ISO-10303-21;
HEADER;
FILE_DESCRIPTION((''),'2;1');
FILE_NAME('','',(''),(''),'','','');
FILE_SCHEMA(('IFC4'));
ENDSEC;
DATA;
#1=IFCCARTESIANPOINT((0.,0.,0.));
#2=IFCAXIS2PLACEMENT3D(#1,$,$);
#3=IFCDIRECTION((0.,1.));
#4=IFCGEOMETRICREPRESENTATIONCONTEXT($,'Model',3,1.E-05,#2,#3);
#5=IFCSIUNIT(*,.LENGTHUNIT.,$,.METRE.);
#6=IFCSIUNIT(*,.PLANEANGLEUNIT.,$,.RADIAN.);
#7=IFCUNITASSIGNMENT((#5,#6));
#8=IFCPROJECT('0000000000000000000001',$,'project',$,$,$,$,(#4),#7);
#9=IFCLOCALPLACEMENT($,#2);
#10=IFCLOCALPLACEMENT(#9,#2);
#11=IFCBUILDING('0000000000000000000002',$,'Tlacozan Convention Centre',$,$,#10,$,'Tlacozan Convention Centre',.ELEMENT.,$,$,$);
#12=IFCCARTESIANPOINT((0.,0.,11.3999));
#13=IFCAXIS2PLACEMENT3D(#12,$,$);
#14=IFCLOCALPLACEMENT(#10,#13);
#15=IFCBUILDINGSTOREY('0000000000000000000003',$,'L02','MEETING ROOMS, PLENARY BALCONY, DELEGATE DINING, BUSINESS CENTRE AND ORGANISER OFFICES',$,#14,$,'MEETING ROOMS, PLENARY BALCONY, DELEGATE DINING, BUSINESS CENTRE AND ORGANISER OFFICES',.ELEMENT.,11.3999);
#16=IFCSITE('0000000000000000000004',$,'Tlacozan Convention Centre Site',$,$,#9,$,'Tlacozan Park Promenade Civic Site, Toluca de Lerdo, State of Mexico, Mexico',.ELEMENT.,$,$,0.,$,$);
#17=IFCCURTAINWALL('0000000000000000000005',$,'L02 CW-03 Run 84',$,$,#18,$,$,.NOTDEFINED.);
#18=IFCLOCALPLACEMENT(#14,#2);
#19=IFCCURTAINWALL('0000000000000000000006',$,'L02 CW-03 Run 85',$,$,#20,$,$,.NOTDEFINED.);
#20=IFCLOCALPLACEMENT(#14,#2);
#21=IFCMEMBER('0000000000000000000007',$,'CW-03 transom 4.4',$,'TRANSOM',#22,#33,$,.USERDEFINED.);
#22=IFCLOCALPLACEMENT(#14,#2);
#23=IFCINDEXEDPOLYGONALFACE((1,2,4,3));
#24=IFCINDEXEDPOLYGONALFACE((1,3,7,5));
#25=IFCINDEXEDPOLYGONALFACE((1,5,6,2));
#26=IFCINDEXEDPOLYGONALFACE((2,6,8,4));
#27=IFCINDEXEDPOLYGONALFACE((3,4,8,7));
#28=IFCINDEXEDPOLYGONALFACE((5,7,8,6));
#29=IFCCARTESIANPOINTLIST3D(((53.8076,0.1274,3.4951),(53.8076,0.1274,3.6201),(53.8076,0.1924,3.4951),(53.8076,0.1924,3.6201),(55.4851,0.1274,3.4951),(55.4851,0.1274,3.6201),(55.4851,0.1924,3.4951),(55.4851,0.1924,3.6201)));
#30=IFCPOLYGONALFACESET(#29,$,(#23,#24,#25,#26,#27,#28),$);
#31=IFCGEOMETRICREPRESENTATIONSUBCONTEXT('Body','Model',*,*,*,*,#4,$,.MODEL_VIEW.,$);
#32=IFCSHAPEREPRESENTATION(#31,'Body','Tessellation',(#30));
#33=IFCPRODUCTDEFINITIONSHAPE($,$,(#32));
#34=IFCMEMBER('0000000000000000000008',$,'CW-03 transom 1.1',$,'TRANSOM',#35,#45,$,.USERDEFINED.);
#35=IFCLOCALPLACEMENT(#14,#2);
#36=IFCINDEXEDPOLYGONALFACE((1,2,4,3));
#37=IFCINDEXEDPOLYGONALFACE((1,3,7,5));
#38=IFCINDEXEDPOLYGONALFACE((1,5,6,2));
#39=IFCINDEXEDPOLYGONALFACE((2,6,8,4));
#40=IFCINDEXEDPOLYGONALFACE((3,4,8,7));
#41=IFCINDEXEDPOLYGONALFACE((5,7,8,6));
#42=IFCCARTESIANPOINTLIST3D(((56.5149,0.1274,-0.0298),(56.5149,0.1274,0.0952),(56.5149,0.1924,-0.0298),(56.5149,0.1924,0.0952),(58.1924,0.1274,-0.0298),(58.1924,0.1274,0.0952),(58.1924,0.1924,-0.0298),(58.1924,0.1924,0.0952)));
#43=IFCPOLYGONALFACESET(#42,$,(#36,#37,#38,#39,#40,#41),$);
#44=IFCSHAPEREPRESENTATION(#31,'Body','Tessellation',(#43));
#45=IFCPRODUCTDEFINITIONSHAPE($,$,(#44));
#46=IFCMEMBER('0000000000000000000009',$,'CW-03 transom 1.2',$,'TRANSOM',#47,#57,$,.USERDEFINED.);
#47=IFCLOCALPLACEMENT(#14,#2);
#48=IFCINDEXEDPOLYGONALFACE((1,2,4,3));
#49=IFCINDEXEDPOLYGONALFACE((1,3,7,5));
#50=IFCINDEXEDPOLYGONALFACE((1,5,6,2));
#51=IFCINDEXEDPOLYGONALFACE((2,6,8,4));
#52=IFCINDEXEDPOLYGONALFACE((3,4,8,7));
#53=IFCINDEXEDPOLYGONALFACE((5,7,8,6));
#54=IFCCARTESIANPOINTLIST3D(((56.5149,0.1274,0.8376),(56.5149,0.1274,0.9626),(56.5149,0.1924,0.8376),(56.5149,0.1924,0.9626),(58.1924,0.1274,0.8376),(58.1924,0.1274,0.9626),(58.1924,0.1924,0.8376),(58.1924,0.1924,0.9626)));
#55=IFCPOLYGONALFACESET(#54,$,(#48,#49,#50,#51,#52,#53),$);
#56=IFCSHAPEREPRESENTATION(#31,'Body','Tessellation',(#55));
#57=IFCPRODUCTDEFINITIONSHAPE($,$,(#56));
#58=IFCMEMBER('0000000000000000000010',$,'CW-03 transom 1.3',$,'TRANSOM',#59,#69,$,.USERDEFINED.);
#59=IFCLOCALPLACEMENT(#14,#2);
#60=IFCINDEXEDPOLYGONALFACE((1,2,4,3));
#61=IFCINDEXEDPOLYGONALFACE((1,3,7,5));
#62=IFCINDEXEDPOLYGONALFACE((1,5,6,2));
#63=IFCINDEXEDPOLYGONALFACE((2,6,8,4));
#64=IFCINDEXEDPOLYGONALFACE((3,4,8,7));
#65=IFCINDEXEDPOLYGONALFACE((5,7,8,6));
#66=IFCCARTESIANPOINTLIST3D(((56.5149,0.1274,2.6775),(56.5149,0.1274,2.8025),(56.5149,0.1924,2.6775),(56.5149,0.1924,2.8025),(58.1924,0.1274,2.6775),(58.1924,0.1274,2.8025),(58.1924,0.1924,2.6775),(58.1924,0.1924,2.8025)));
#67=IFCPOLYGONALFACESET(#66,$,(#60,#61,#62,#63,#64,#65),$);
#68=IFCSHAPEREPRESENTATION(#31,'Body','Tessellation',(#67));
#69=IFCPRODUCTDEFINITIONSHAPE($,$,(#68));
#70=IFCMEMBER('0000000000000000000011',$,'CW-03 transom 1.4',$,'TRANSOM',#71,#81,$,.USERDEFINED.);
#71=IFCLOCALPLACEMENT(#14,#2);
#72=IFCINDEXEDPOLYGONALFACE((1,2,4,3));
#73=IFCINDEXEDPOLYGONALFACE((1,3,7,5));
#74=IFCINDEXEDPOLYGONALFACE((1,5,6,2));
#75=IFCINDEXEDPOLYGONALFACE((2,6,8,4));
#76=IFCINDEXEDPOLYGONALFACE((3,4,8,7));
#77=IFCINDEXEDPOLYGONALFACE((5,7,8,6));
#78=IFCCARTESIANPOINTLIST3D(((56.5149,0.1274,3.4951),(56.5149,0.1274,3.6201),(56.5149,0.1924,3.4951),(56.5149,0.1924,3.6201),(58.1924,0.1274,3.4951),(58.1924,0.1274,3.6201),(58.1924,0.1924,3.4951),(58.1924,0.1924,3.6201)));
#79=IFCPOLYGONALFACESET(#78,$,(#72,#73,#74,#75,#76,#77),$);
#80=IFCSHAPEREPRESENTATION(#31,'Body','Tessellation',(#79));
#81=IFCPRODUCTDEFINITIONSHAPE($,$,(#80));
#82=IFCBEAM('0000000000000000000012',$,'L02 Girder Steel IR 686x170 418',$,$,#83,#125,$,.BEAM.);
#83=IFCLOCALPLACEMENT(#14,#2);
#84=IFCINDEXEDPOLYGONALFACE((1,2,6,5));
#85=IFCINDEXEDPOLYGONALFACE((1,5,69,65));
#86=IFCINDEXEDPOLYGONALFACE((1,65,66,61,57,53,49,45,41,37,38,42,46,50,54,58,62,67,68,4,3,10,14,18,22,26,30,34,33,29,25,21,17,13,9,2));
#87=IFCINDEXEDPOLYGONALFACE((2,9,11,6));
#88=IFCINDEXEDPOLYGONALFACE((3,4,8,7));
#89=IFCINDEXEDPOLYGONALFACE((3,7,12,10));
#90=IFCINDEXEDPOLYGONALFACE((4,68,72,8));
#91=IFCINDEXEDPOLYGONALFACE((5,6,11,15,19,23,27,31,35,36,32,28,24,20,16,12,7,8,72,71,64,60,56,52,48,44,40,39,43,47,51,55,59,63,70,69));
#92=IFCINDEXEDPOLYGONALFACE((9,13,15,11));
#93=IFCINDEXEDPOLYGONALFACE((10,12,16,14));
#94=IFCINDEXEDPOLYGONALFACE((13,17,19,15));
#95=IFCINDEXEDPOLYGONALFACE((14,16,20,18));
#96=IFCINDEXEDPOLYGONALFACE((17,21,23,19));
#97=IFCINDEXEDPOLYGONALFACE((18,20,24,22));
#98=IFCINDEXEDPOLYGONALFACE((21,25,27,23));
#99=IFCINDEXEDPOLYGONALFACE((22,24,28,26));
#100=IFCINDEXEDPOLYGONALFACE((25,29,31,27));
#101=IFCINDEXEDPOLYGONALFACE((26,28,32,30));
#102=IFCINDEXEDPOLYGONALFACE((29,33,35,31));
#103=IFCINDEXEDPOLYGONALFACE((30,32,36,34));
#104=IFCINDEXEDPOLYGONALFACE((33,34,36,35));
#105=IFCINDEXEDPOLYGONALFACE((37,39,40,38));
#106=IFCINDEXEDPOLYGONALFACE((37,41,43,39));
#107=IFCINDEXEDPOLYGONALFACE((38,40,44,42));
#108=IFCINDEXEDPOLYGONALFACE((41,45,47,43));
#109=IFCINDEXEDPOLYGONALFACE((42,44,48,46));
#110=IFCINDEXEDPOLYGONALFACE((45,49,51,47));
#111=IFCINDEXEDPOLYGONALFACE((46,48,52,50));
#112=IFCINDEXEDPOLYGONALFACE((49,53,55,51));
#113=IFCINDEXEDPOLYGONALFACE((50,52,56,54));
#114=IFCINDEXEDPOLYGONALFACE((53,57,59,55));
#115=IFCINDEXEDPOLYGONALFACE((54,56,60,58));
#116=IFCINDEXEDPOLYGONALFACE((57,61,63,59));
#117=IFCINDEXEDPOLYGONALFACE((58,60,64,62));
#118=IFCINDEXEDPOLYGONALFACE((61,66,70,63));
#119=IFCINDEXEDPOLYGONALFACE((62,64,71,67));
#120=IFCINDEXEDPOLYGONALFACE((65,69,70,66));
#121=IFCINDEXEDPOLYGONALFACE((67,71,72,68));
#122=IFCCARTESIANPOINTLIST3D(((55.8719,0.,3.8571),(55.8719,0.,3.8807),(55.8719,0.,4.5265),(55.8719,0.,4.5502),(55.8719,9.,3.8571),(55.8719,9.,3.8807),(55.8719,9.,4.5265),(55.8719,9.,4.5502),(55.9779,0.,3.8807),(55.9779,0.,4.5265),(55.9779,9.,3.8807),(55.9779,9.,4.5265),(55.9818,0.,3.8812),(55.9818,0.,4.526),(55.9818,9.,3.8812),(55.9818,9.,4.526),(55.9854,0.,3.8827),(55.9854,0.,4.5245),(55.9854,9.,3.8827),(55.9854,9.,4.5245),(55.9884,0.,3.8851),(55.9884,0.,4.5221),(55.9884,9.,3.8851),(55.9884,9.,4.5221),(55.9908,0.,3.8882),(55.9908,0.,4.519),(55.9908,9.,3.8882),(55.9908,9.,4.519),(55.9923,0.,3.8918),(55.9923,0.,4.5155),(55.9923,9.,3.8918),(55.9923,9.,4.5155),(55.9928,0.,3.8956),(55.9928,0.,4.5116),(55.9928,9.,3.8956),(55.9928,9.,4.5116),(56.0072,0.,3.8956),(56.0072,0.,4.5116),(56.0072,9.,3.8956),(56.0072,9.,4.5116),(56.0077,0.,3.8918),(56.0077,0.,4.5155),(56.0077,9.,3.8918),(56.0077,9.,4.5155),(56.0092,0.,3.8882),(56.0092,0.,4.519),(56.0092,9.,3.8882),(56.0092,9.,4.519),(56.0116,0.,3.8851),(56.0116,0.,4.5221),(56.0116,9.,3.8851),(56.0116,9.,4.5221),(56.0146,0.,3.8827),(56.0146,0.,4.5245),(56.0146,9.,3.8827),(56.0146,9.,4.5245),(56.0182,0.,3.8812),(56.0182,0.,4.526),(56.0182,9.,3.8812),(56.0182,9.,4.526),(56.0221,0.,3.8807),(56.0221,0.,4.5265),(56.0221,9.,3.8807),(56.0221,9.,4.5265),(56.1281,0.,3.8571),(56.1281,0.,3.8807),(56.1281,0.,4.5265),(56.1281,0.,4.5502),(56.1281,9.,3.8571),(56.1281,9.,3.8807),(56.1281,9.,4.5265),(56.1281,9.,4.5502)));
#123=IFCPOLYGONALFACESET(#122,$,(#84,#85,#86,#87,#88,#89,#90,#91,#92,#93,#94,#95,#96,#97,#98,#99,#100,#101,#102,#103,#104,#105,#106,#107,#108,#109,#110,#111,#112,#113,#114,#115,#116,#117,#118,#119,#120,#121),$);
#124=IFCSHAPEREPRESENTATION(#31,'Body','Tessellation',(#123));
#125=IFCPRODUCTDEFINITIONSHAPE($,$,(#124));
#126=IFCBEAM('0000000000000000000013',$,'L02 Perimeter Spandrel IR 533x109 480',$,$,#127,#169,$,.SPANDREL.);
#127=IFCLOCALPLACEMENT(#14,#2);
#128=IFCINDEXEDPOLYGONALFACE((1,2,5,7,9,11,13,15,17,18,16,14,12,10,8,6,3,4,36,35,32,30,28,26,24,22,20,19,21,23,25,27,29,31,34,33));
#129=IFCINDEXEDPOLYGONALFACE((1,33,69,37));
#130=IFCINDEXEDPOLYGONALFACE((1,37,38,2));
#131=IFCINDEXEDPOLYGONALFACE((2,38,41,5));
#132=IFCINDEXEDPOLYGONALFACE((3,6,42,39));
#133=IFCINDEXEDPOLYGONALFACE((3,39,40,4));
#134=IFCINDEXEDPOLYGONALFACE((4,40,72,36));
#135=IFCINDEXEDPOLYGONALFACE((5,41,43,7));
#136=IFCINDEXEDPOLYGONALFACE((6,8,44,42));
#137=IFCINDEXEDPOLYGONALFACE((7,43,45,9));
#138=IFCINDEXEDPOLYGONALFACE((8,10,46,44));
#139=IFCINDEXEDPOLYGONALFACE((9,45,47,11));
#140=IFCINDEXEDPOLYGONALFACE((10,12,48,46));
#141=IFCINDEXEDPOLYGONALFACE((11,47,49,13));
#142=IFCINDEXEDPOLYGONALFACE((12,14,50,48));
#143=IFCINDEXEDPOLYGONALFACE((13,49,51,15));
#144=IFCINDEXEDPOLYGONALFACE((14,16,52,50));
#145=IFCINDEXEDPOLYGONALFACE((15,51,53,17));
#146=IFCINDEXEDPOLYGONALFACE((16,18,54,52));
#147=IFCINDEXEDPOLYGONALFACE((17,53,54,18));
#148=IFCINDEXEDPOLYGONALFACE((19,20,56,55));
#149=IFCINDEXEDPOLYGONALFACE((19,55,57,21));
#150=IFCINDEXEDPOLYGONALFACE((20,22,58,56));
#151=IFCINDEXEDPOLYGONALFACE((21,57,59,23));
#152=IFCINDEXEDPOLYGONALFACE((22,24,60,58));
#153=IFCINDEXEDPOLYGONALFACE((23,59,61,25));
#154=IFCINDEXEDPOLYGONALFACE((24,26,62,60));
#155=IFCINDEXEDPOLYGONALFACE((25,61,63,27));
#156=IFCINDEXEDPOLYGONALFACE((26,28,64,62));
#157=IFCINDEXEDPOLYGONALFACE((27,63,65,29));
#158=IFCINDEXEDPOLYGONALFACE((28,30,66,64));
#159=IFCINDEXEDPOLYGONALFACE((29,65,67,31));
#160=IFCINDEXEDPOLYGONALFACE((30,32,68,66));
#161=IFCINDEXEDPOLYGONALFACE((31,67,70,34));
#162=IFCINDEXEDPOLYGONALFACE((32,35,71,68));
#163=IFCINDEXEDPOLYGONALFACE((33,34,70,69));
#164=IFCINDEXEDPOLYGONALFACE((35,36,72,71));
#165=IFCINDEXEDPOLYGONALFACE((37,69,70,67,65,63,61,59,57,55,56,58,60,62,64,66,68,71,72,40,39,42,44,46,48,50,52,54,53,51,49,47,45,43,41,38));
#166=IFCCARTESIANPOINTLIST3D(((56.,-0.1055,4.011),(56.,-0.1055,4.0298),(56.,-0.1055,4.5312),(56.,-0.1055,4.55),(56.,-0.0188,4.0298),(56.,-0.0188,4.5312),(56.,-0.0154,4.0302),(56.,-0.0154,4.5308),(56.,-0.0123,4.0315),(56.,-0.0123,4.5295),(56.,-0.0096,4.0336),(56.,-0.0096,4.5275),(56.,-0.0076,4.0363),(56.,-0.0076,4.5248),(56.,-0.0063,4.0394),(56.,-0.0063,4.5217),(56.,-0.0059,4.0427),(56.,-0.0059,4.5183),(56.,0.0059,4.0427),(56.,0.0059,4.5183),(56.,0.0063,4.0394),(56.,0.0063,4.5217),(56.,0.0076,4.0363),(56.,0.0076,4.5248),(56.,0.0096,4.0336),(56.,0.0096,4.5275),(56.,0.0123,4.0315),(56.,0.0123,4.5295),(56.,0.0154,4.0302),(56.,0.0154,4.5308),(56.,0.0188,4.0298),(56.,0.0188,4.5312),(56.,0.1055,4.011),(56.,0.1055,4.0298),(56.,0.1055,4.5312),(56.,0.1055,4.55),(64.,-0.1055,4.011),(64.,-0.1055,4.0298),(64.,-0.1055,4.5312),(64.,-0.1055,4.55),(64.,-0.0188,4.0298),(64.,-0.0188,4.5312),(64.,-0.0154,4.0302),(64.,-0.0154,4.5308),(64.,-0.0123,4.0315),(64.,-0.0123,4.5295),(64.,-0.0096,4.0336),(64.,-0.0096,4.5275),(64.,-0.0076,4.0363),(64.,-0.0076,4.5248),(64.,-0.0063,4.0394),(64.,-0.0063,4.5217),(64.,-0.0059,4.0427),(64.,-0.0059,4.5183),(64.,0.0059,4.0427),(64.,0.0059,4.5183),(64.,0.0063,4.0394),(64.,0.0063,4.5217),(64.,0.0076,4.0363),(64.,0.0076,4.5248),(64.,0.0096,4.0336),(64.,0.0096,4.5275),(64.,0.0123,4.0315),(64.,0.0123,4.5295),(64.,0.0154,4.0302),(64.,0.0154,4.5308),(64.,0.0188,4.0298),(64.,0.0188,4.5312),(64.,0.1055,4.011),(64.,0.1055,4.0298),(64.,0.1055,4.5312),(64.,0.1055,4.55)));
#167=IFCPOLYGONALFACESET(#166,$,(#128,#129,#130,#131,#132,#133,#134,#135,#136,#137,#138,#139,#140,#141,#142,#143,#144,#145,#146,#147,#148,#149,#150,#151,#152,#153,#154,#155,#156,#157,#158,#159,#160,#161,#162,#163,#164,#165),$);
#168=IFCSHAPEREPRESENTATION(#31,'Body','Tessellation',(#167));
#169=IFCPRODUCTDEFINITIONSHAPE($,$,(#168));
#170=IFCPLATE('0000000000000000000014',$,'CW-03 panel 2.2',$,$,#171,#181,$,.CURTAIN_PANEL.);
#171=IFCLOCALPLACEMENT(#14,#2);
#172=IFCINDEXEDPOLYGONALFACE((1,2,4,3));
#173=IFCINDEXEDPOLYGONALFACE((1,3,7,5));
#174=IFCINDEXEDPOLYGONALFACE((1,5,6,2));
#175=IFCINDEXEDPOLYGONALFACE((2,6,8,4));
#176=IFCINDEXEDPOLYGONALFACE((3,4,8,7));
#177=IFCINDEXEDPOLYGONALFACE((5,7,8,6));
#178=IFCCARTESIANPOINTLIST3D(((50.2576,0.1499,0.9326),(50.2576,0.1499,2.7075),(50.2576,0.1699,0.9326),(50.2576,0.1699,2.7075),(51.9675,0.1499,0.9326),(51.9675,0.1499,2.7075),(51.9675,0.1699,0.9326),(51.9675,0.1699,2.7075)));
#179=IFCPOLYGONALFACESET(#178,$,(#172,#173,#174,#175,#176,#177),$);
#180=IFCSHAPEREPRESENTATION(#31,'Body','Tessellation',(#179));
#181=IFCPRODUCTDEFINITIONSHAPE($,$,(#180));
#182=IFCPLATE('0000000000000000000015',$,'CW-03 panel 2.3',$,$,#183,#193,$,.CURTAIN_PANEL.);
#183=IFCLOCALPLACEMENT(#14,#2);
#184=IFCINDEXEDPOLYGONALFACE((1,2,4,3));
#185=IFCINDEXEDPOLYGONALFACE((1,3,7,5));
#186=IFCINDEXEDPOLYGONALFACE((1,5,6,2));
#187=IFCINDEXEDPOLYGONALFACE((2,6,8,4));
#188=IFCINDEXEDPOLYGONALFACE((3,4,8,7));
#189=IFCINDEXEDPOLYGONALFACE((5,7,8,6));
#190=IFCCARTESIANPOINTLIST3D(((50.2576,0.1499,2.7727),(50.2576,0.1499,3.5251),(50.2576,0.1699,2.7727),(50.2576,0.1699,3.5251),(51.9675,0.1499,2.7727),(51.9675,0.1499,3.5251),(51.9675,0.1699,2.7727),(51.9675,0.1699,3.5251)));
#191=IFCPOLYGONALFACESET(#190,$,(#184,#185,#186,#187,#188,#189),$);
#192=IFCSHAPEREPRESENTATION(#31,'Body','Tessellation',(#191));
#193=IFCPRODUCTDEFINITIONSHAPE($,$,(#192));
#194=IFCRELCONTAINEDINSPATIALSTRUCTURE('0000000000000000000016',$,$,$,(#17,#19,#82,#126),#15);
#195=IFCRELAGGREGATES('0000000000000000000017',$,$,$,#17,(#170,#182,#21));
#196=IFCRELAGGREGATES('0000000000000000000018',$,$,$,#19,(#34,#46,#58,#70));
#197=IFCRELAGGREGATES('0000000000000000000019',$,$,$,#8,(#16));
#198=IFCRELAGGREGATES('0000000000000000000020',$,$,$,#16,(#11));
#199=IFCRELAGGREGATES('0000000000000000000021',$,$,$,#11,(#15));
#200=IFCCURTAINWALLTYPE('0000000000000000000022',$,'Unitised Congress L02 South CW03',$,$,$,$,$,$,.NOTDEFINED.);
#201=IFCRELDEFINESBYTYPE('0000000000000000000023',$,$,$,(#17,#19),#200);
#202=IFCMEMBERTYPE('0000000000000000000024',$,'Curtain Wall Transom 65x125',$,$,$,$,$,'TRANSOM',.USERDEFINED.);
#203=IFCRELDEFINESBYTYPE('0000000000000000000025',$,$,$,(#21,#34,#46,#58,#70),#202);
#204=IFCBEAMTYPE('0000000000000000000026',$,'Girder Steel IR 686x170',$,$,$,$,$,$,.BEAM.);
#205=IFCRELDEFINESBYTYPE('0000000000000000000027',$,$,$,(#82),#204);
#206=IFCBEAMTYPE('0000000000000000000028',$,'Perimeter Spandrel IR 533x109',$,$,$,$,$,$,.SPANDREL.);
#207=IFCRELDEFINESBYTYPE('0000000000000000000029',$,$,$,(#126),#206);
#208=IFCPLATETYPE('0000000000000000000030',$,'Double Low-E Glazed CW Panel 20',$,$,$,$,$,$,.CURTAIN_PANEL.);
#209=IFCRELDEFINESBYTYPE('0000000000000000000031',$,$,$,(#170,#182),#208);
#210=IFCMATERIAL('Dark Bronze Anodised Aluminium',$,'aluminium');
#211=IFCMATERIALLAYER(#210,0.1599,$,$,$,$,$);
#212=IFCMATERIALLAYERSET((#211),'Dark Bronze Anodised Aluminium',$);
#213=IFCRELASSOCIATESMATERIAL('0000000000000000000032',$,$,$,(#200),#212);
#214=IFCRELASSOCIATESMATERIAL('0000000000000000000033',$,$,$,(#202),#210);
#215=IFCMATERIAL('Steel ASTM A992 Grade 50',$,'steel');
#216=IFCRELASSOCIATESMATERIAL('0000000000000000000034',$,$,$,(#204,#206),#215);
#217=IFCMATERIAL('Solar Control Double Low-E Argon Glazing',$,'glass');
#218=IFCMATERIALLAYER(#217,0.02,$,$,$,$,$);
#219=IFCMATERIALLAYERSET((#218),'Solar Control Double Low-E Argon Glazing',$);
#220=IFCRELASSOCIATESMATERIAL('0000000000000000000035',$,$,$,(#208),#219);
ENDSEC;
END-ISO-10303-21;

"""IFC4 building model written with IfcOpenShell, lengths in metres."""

from ifc_helpers import new_model, si_unit, direction, frame, origin, origin_2d, place, context, subcontext, project, spatial, rectangle, i_section, extrude, material, layer, layer_set, material_profile, profile_set, type_object, element, aggregate, save


model = new_model("IFC4")

# Units and contexts
model_context = context("Model", 3, precision=1e-05, world=origin(), true_north=direction((0.0, 1.0)))
body_context = subcontext(model_context, "Body", "Model", "MODEL_VIEW")
ifc_project = project(units=[si_unit("LENGTHUNIT", "METRE"), si_unit("PLANEANGLEUNIT", "RADIAN")], contexts=[model_context])

# Site, building, storey
site_placement = place(None, origin())
site = spatial("IfcSite", under=ifc_project, at=site_placement, Name="Tlacozan Convention Centre Site", LongName="Tlacozan Park Promenade Civic Site, Toluca de Lerdo, State of Mexico, Mexico", CompositionType="ELEMENT", RefElevation=0.0)
building_placement = place(site_placement, origin())
building = spatial("IfcBuilding", under=site, at=building_placement, Name="Tlacozan Convention Centre", LongName="Tlacozan Convention Centre", CompositionType="ELEMENT")
storey_placement = place(building_placement, frame((0.0, 0.0, 11.3999)))
storey = spatial("IfcBuildingStorey", under=building, at=storey_placement, Name="L02", Description="MEETING ROOMS, PLENARY BALCONY, DELEGATE DINING, BUSINESS CENTRE AND ORGANISER OFFICES", LongName="MEETING ROOMS, PLENARY BALCONY, DELEGATE DINING, BUSINESS CENTRE AND ORGANISER OFFICES", CompositionType="ELEMENT", Elevation=11.3999)

# Curtain wall
ifc_material_1 = material(Name="Dark Bronze Anodised Aluminium", Category="aluminium")
ifc_layer_1 = layer(ifc_material_1, 0.1599)
ifc_layer_set_1 = layer_set([ifc_layer_1], Name="Dark Bronze Anodised Aluminium")
curtain_wall_type = type_object("IfcCurtainWallType", Name="Unitised Congress L02 South CW03", PredefinedType="NOTDEFINED", material=ifc_layer_set_1)
curtain_wall_1_placement = place(storey_placement, origin())
curtain_wall_1 = element("IfcCurtainWall", 1, at=curtain_wall_1_placement, inside=storey, type_object=curtain_wall_type, Name="L02 CW-03 Run 84", PredefinedType="NOTDEFINED")

# Curtain wall
curtain_wall_2_placement = place(storey_placement, origin())
curtain_wall_2 = element("IfcCurtainWall", 2, at=curtain_wall_2_placement, inside=storey, type_object=curtain_wall_type, Name="L02 CW-03 Run 85", PredefinedType="NOTDEFINED")

# Members
ifc_material_profile_1 = material_profile(ifc_material_1, rectangle(XDim=0.0649, YDim=0.125, at=origin_2d()), Name="ALU 65x125")
ifc_profile_set_1 = profile_set([ifc_material_profile_1], Name="Dark Bronze Anodised Aluminium")
member_type_1 = type_object("IfcMemberType", Name="Curtain Wall Transom 65x125", ElementType="TRANSOM", PredefinedType="USERDEFINED", material=ifc_profile_set_1)
member_1_placement = place(storey_placement, frame((53.8076, 0.1599, 3.5576), z_axis=(1.0, 0.0, 0.0), x_axis=(0.0, 1.0, 0.0)))
member_1 = element("IfcMember", 3, at=member_1_placement, type_object=member_type_1, Name="CW-03 transom 4.4", ObjectType="TRANSOM", PredefinedType="USERDEFINED", context=body_context, shape_type="SweptSolid", body=[
    extrude(rectangle(XDim=0.0649, YDim=0.125, at=origin_2d()), origin(), (0.0, 0.0, 1.0), 1.6775),
])
member_2_placement = place(storey_placement, frame((56.5149, 0.1599, 0.0327), z_axis=(1.0, 0.0, 0.0), x_axis=(0.0, 1.0, 0.0)))
member_2 = element("IfcMember", 4, at=member_2_placement, type_object=member_type_1, Name="CW-03 transom 1.1", ObjectType="TRANSOM", PredefinedType="USERDEFINED", context=body_context, shape_type="SweptSolid", body=[
    extrude(rectangle(XDim=0.0649, YDim=0.125, at=origin_2d()), origin(), (0.0, 0.0, 1.0), 1.6775),
])
member_3_placement = place(storey_placement, frame((56.5149, 0.1599, 0.9001), z_axis=(1.0, 0.0, 0.0), x_axis=(0.0, 1.0, 0.0)))
member_3 = element("IfcMember", 5, at=member_3_placement, type_object=member_type_1, Name="CW-03 transom 1.2", ObjectType="TRANSOM", PredefinedType="USERDEFINED", context=body_context, shape_type="SweptSolid", body=[
    extrude(rectangle(XDim=0.0649, YDim=0.125, at=origin_2d()), origin(), (0.0, 0.0, 1.0), 1.6775),
])
member_4_placement = place(storey_placement, frame((56.5149, 0.1599, 2.74), z_axis=(1.0, 0.0, 0.0), x_axis=(0.0, 1.0, 0.0)))
member_4 = element("IfcMember", 6, at=member_4_placement, type_object=member_type_1, Name="CW-03 transom 1.3", ObjectType="TRANSOM", PredefinedType="USERDEFINED", context=body_context, shape_type="SweptSolid", body=[
    extrude(rectangle(XDim=0.0649, YDim=0.125, at=origin_2d()), origin(), (0.0, 0.0, 1.0), 1.6775),
])
member_5_placement = place(storey_placement, frame((56.5149, 0.1599, 3.5576), z_axis=(1.0, 0.0, 0.0), x_axis=(0.0, 1.0, 0.0)))
member_5 = element("IfcMember", 7, at=member_5_placement, type_object=member_type_1, Name="CW-03 transom 1.4", ObjectType="TRANSOM", PredefinedType="USERDEFINED", context=body_context, shape_type="SweptSolid", body=[
    extrude(rectangle(XDim=0.0649, YDim=0.125, at=origin_2d()), origin(), (0.0, 0.0, 1.0), 1.6775),
])

# Beams
ifc_material_2 = material(Name="Steel ASTM A992 Grade 50", Category="steel")
ifc_material_profile_2 = material_profile(ifc_material_2, i_section(OverallWidth=0.2561, OverallDepth=0.6931, WebThickness=0.0144, FlangeThickness=0.0237, FilletRadius=0.0149, at=origin_2d()), Name="IR 686x170.0")
ifc_profile_set_2 = profile_set([ifc_material_profile_2], Name="Steel ASTM A992 Grade 50")
beam_type_1 = type_object("IfcBeamType", Name="Girder Steel IR 686x170", PredefinedType="BEAM", material=ifc_profile_set_2)
beam_1_placement = place(storey_placement, frame((56.0, 0.0, 4.2036), z_axis=(0.0, 1.0, 0.0), x_axis=(-1.0, 0.0, 0.0)))
element("IfcBeam", 8, at=beam_1_placement, inside=storey, type_object=beam_type_1, Name="L02 Girder Steel IR 686x170 418", PredefinedType="BEAM", context=body_context, shape_type="SweptSolid", body=[
    extrude(i_section(OverallWidth=0.2561, OverallDepth=0.6931, WebThickness=0.0144, FlangeThickness=0.0237, FilletRadius=0.0149, at=origin_2d()), origin(), (0.0, 0.0, 1.0), 9.0),
])
ifc_material_profile_3 = material_profile(ifc_material_2, i_section(OverallWidth=0.2109, OverallDepth=0.5391, WebThickness=0.0117, FlangeThickness=0.0188, FilletRadius=0.0129, at=origin_2d()), Name="IR 533x109.0")
ifc_profile_set_3 = profile_set([ifc_material_profile_3], Name="Steel ASTM A992 Grade 50")
beam_type_2 = type_object("IfcBeamType", Name="Perimeter Spandrel IR 533x109", PredefinedType="SPANDREL", material=ifc_profile_set_3)
beam_2_placement = place(storey_placement, frame((56.0, 0.0, 4.2805), z_axis=(1.0, 0.0, 0.0), x_axis=(0.0, 1.0, 0.0)))
element("IfcBeam", 9, at=beam_2_placement, inside=storey, type_object=beam_type_2, Name="L02 Perimeter Spandrel IR 533x109 480", PredefinedType="SPANDREL", context=body_context, shape_type="SweptSolid", body=[
    extrude(i_section(OverallWidth=0.2109, OverallDepth=0.5391, WebThickness=0.0117, FlangeThickness=0.0188, FilletRadius=0.0129, at=origin_2d()), origin(), (0.0, 0.0, 1.0), 8.0),
])

# Plates
ifc_material_3 = material(Name="Solar Control Double Low-E Argon Glazing", Category="glass")
ifc_layer_2 = layer(ifc_material_3, 0.02)
ifc_layer_set_2 = layer_set([ifc_layer_2], Name="Solar Control Double Low-E Argon Glazing")
plate_type_1 = type_object("IfcPlateType", Name="Double Low-E Glazed CW Panel 20", PredefinedType="CURTAIN_PANEL", material=ifc_layer_set_2)
plate_1_placement = place(storey_placement, frame((51.1125, 0.1599, 0.9326), z_axis=(0.0, 0.0, 1.0), x_axis=(1.0, 0.0, 0.0)))
plate_1 = element("IfcPlate", 10, at=plate_1_placement, type_object=plate_type_1, Name="CW-03 panel 2.2", PredefinedType="CURTAIN_PANEL", context=body_context, shape_type="SweptSolid", body=[
    extrude(rectangle(XDim=1.71, YDim=0.02, at=origin_2d()), origin(), (0.0, 0.0, 1.0), 1.7749),
])
plate_2_placement = place(storey_placement, frame((51.1125, 0.1599, 2.7727), z_axis=(0.0, 0.0, 1.0), x_axis=(1.0, 0.0, 0.0)))
plate_2 = element("IfcPlate", 11, at=plate_2_placement, type_object=plate_type_1, Name="CW-03 panel 2.3", PredefinedType="CURTAIN_PANEL", context=body_context, shape_type="SweptSolid", body=[
    extrude(rectangle(XDim=1.71, YDim=0.02, at=origin_2d()), origin(), (0.0, 0.0, 1.0), 0.7524),
])
aggregate(curtain_wall_1, [plate_1, plate_2, member_1])
aggregate(curtain_wall_2, [member_2, member_3, member_4, member_5])

save(model, "model.ifc")
